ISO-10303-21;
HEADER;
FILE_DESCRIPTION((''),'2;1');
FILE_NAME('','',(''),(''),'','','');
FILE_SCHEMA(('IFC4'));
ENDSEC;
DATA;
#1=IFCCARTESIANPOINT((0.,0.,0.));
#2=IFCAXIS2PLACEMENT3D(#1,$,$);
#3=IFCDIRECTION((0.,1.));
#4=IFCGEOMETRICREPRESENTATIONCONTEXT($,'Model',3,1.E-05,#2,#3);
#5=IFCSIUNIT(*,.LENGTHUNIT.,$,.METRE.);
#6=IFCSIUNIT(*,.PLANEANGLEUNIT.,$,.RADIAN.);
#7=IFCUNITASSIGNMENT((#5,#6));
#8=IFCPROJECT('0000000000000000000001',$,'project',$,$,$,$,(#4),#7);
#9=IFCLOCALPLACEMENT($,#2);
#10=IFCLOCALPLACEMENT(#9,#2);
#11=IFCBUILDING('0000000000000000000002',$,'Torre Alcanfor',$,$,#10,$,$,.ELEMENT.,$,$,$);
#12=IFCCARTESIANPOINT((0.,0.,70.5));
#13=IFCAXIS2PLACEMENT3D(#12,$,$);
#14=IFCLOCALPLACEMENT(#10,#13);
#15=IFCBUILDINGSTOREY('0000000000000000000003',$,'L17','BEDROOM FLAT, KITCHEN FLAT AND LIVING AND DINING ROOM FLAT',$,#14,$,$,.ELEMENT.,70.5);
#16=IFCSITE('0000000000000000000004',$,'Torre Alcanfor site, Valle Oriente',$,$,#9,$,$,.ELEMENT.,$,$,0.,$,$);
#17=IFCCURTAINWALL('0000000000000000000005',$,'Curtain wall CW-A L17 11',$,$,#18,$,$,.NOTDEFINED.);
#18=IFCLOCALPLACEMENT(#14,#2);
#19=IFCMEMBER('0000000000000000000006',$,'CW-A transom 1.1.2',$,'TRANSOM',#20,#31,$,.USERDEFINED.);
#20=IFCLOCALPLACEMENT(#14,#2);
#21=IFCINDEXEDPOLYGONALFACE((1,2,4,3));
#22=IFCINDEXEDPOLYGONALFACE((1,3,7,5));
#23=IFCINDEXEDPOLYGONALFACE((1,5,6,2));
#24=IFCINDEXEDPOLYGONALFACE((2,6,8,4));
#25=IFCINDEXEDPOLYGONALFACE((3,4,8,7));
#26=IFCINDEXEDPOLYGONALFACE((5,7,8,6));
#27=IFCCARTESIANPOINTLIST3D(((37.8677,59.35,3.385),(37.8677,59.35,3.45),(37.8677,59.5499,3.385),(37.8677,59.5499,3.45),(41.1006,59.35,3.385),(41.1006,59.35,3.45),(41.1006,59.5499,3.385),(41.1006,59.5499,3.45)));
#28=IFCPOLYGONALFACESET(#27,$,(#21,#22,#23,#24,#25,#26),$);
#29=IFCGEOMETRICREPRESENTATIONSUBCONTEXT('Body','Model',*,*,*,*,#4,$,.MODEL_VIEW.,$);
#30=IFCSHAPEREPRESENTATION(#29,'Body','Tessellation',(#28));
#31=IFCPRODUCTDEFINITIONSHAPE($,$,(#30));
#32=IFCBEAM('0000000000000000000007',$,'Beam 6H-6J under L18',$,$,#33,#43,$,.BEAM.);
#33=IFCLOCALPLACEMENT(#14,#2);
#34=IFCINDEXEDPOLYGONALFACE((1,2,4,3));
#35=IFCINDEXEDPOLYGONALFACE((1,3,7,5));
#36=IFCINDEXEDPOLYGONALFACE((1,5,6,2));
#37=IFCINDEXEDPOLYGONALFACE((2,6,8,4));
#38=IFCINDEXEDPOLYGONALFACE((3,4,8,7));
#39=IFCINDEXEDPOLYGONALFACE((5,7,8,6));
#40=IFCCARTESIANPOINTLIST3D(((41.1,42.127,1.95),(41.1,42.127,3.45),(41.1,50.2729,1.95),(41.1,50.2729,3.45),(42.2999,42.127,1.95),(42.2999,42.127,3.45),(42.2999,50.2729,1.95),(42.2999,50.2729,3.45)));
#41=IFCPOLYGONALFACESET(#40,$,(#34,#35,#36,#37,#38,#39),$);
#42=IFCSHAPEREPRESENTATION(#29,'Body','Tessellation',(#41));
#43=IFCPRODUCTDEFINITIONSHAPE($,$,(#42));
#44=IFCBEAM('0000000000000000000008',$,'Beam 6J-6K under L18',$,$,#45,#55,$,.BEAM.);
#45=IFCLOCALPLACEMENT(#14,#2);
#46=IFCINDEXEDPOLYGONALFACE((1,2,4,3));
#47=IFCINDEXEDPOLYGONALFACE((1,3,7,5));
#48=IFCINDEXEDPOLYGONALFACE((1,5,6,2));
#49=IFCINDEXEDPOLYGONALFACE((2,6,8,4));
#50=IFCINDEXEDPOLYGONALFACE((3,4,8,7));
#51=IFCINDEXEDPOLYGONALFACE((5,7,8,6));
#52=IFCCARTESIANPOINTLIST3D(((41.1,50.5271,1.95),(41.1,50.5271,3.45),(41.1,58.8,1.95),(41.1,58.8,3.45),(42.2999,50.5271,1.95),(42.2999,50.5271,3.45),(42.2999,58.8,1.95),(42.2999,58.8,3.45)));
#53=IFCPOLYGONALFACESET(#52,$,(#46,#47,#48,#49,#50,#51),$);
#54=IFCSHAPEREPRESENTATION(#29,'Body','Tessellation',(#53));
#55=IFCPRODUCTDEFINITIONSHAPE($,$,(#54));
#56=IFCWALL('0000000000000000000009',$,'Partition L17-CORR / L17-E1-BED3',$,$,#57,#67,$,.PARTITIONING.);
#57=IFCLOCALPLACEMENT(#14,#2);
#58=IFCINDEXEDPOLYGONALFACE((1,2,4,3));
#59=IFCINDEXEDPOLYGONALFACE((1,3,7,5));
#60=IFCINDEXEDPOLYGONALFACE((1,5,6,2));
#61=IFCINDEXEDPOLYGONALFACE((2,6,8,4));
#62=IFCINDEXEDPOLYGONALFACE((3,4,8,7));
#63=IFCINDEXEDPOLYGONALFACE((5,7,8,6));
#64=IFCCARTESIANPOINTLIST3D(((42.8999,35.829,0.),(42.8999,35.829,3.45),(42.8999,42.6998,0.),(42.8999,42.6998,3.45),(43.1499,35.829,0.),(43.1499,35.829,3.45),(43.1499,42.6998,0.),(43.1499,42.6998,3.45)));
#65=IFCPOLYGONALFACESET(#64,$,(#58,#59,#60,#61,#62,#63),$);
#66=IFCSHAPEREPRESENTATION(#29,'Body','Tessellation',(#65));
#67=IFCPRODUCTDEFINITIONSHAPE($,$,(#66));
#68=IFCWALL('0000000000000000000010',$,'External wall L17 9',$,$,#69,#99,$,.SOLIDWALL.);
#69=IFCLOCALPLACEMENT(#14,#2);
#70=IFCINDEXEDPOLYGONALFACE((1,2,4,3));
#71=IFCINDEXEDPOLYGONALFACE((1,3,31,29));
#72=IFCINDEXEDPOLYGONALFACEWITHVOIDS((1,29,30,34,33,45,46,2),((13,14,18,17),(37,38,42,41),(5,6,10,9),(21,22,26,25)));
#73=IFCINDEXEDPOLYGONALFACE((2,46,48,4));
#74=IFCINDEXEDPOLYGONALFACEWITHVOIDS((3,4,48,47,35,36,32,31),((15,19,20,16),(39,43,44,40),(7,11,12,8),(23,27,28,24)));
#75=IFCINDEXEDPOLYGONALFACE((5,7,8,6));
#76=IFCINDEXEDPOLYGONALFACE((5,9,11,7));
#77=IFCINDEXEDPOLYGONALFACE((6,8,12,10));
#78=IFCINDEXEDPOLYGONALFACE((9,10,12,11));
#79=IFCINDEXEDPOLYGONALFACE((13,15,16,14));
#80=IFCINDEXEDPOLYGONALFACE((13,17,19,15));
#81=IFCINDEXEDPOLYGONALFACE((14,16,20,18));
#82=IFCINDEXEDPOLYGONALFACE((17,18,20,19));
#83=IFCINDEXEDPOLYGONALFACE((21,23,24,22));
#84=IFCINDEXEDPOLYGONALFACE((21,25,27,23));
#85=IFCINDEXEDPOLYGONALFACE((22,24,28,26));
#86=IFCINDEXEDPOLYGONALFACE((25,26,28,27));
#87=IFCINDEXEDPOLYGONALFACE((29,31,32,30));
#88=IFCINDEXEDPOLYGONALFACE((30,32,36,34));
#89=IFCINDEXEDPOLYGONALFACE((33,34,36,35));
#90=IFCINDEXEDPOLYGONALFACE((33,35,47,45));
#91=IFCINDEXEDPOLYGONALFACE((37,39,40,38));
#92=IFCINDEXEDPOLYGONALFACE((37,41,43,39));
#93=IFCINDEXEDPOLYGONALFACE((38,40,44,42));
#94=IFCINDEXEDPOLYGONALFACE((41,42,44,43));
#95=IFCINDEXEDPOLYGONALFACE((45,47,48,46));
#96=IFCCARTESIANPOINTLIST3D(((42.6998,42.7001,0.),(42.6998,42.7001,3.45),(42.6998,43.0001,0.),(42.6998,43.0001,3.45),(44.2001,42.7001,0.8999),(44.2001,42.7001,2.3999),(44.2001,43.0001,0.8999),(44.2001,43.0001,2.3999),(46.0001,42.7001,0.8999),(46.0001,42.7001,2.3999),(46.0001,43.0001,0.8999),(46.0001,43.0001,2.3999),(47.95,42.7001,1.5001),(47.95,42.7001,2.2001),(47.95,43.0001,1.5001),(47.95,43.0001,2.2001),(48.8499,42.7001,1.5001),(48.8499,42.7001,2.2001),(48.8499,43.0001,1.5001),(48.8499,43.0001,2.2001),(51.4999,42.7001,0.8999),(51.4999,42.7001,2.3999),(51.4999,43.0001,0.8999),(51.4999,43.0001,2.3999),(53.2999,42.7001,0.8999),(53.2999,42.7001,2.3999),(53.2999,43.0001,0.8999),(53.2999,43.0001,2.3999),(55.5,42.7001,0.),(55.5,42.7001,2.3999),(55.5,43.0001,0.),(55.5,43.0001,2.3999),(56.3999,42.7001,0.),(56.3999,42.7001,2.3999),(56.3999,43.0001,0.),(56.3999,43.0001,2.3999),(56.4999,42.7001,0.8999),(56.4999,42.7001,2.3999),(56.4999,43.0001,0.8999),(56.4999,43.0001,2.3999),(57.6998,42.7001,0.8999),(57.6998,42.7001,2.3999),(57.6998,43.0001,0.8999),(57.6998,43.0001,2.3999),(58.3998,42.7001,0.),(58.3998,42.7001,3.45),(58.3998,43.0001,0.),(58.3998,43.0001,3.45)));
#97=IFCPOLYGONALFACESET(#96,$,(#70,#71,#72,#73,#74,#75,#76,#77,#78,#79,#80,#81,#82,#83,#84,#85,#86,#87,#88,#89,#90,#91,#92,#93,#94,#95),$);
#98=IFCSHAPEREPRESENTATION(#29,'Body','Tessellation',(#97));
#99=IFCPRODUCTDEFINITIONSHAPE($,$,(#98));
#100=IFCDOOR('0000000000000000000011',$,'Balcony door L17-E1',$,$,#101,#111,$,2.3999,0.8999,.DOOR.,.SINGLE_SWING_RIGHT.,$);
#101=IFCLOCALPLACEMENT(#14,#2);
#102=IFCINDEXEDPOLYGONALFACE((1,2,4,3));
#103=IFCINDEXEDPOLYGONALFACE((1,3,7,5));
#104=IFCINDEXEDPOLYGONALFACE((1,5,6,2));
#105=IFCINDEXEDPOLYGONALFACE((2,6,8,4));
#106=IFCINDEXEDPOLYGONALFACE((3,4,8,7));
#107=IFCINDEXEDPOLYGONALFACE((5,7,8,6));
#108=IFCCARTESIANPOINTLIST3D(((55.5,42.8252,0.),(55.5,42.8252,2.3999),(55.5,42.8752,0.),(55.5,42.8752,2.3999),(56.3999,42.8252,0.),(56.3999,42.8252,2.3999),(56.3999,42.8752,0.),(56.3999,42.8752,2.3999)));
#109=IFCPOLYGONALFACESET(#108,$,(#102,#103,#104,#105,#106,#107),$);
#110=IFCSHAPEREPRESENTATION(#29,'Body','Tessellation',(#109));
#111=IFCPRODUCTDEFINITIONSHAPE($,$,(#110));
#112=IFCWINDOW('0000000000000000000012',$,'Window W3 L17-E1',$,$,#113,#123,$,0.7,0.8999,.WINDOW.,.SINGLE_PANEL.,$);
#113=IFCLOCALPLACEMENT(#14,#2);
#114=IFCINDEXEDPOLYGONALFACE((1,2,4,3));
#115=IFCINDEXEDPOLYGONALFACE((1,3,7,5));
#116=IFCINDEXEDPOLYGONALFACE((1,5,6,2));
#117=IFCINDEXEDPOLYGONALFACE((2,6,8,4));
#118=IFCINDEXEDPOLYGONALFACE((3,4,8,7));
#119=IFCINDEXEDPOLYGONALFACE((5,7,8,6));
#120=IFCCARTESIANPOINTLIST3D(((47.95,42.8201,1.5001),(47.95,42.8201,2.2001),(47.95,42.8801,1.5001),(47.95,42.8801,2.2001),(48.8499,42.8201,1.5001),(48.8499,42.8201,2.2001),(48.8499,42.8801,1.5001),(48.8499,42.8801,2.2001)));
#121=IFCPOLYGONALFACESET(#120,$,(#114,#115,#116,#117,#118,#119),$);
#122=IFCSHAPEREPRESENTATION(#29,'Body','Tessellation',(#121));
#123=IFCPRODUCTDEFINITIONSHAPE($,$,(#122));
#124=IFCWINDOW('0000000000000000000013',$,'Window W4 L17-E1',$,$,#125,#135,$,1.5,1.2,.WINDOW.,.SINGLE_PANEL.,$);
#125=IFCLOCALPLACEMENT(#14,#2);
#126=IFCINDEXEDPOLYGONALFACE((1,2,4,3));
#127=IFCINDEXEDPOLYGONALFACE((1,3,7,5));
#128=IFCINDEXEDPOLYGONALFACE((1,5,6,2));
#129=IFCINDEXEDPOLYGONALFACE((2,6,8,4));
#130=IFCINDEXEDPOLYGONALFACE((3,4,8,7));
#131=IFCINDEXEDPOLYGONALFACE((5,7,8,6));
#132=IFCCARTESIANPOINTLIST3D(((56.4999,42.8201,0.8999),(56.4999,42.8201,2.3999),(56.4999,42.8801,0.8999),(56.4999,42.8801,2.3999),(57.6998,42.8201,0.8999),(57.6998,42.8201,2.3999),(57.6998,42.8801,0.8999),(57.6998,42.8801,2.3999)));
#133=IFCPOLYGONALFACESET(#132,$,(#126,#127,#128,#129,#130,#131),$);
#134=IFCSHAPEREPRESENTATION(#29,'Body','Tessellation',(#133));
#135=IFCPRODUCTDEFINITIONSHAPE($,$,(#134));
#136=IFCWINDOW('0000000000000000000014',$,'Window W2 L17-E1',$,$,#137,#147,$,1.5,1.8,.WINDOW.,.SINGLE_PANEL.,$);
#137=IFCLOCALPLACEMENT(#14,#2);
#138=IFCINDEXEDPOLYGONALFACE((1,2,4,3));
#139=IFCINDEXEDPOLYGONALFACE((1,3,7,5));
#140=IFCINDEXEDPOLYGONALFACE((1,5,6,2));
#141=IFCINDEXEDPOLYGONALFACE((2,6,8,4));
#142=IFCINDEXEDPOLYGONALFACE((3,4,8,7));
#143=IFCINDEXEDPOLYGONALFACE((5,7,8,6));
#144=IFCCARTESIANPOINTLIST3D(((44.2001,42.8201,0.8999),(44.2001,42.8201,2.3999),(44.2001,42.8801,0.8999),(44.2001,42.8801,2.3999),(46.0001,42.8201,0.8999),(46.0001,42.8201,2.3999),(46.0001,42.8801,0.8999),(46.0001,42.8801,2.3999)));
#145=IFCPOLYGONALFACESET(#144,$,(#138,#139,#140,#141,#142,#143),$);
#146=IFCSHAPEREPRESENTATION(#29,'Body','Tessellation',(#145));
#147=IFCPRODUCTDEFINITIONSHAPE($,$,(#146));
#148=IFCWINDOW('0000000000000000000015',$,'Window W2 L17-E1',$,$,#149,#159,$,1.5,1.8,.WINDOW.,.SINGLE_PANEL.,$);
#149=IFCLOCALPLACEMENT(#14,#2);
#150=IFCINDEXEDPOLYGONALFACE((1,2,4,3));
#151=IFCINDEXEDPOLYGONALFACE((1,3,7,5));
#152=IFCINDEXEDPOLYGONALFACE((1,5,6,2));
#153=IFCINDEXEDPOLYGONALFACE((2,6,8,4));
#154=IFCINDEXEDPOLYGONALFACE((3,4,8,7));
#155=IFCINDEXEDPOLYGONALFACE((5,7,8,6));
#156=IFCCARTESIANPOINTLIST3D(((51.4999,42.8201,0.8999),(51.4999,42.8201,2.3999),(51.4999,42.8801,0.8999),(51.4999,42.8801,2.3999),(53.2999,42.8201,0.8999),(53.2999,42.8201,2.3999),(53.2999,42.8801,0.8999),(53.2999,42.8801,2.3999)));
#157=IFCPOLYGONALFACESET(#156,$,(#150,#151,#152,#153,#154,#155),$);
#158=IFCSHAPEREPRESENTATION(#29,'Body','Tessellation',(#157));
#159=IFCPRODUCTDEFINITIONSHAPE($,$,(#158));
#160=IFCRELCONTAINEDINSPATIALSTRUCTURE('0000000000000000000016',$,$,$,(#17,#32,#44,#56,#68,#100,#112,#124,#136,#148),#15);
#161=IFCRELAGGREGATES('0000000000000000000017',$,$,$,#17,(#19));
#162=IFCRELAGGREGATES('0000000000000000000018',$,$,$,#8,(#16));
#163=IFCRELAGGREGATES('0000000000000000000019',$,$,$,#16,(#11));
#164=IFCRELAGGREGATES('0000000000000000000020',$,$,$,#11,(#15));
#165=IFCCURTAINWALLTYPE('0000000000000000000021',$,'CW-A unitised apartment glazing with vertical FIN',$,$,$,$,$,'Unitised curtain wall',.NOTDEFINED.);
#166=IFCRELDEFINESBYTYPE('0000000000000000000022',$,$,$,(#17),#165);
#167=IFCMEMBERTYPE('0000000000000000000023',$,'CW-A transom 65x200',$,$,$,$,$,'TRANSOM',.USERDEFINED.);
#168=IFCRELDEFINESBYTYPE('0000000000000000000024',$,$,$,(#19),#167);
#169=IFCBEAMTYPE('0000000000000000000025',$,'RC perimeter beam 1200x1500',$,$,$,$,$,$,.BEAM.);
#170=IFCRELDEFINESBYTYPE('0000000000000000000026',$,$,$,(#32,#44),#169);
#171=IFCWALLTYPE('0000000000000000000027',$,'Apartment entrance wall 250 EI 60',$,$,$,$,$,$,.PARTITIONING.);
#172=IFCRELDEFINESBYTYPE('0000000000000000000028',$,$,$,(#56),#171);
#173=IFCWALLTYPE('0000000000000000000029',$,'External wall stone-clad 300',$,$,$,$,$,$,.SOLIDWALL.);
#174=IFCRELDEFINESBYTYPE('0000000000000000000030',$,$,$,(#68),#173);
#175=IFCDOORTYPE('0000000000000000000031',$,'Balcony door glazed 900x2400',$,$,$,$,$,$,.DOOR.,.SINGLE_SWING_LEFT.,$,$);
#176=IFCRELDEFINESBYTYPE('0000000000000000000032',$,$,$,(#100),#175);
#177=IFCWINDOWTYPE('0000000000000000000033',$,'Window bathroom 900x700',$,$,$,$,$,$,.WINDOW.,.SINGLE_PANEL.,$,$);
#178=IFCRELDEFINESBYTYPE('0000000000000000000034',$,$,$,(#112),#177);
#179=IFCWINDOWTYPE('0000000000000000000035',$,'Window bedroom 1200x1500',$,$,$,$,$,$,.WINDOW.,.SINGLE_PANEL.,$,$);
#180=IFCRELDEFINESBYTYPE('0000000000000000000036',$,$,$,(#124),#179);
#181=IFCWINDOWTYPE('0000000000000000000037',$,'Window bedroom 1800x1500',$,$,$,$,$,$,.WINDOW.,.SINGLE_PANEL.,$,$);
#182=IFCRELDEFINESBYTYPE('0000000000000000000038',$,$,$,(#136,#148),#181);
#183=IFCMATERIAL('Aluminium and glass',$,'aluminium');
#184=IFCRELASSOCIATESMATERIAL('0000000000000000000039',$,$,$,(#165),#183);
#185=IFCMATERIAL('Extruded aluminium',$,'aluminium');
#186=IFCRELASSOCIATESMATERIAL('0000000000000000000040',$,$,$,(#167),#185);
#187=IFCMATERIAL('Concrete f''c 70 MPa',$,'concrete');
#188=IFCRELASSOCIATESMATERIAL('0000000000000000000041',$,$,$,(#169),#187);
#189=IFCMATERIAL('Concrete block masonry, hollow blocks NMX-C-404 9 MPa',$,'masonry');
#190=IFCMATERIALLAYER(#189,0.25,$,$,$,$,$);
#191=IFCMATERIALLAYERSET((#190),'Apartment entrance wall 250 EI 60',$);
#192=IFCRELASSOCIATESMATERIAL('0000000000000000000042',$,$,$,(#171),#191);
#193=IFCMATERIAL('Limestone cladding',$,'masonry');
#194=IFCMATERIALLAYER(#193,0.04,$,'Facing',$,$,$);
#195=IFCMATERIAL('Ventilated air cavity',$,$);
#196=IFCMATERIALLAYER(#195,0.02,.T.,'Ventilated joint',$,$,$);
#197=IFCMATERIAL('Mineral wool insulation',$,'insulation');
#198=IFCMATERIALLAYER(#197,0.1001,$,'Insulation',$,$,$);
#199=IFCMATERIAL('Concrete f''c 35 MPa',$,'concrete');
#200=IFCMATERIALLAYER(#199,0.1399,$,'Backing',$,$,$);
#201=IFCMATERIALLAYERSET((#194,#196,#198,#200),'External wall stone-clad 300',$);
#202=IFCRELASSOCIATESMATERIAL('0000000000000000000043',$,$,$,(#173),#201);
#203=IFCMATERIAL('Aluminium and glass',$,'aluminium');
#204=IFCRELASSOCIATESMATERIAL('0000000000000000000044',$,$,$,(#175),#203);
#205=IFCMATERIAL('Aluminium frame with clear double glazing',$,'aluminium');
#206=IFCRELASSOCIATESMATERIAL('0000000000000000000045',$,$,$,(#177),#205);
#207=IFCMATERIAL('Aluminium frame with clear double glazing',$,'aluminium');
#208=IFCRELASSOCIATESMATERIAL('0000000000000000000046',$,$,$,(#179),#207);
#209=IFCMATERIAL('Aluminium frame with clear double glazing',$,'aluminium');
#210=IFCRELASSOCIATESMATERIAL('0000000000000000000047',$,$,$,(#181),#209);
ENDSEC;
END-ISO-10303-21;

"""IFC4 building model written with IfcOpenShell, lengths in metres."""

from ifc_helpers import new_model, si_unit, direction, frame, frame_2d, origin, origin_2d, place, context, subcontext, project, spatial, rectangle, extrude, material, layer, layer_set, material_profile, profile_set, type_object, element, fill, aggregate, save


model = new_model("IFC4")

# Units and contexts
model_context = context("Model", 3, precision=1e-05, world=origin(), true_north=direction((0.0, 1.0)))
body_context = subcontext(model_context, "Body", "Model", "MODEL_VIEW")
ifc_project = project(units=[si_unit("LENGTHUNIT", "METRE"), si_unit("PLANEANGLEUNIT", "RADIAN")], contexts=[model_context])

# Site, building, storey
site_placement = place(None, origin())
site = spatial("IfcSite", under=ifc_project, at=site_placement, Name="Torre Alcanfor site, Valle Oriente", CompositionType="ELEMENT", RefElevation=0.0)
building_placement = place(site_placement, origin())
building = spatial("IfcBuilding", under=site, at=building_placement, Name="Torre Alcanfor", CompositionType="ELEMENT")
storey_placement = place(building_placement, frame((0.0, 0.0, 70.5)))
storey = spatial("IfcBuildingStorey", under=building, at=storey_placement, Name="L17", Description="BEDROOM FLAT, KITCHEN FLAT AND LIVING AND DINING ROOM FLAT", CompositionType="ELEMENT", Elevation=70.5)

# Curtain wall, member
ifc_material_1 = material(Name="Aluminium and glass", Category="aluminium")
curtain_wall_type = type_object("IfcCurtainWallType", Name="CW-A unitised apartment glazing with vertical FIN", ElementType="Unitised curtain wall", PredefinedType="NOTDEFINED", material=ifc_material_1)
curtain_wall_placement = place(storey_placement, origin())
curtain_wall = element("IfcCurtainWall", 1, at=curtain_wall_placement, inside=storey, type_object=curtain_wall_type, Name="Curtain wall CW-A L17 11", PredefinedType="NOTDEFINED")
ifc_material_2 = material(Name="Extruded aluminium", Category="aluminium")
ifc_material_profile_1 = material_profile(ifc_material_2, rectangle(XDim=0.2, YDim=0.0649, at=origin_2d()), Name="CW-A transom 200x65")
ifc_profile_set_1 = profile_set([ifc_material_profile_1], Name="Extruded aluminium")
member_type_1 = type_object("IfcMemberType", Name="CW-A transom 65x200", ElementType="TRANSOM", PredefinedType="USERDEFINED", material=ifc_profile_set_1)
member_1_placement = place(storey_placement, frame((41.1006, 59.45, 3.4175), z_axis=(-1.0, 0.0, 0.0), x_axis=(0.0, -1.0, 0.0)))
member_1 = element("IfcMember", 2, at=member_1_placement, type_object=member_type_1, Name="CW-A transom 1.1.2", ObjectType="TRANSOM", PredefinedType="USERDEFINED", context=body_context, shape_type="SweptSolid", body=[
    extrude(rectangle(XDim=0.2, YDim=0.0649, at=origin_2d()), origin(), (0.0, 0.0, 1.0), 3.2329),
])
aggregate(curtain_wall, [member_1])

# Beams
ifc_material_3 = material(Name="Concrete f'c 70 MPa", Category="concrete")
ifc_material_profile_2 = material_profile(ifc_material_3, rectangle(XDim=1.2, YDim=1.5, at=origin_2d()), Name="1200x1500")
ifc_profile_set_2 = profile_set([ifc_material_profile_2], Name="Concrete f'c 70 MPa")
beam_type_1 = type_object("IfcBeamType", Name="RC perimeter beam 1200x1500", PredefinedType="BEAM", material=ifc_profile_set_2)
beam_1_placement = place(storey_placement, frame((41.7, 42.127, 2.7), z_axis=(0.0, 1.0, 0.0), x_axis=(-1.0, 0.0, 0.0)))
element("IfcBeam", 3, at=beam_1_placement, inside=storey, type_object=beam_type_1, Name="Beam 6H-6J under L18", PredefinedType="BEAM", context=body_context, shape_type="SweptSolid", body=[
    extrude(rectangle(XDim=1.2, YDim=1.5, at=origin_2d()), origin(), (0.0, 0.0, 1.0), 8.146),
])
beam_2_placement = place(storey_placement, frame((41.7, 50.5271, 2.7), z_axis=(0.0, 1.0, 0.0), x_axis=(-1.0, 0.0, 0.0)))
element("IfcBeam", 4, at=beam_2_placement, inside=storey, type_object=beam_type_1, Name="Beam 6J-6K under L18", PredefinedType="BEAM", context=body_context, shape_type="SweptSolid", body=[
    extrude(rectangle(XDim=1.2, YDim=1.5, at=origin_2d()), origin(), (0.0, 0.0, 1.0), 8.2729),
])

# Wall
ifc_material_4 = material(Name="Concrete block masonry, hollow blocks NMX-C-404 9 MPa", Category="masonry")
ifc_layer_1 = layer(ifc_material_4, 0.25)
ifc_layer_set_1 = layer_set([ifc_layer_1], Name="Apartment entrance wall 250 EI 60")
wall_type_1 = type_object("IfcWallType", Name="Apartment entrance wall 250 EI 60", PredefinedType="PARTITIONING", material=ifc_layer_set_1)
wall_1_placement = place(storey_placement, frame((43.0249, 42.7, 0.0), z_axis=(0.0, 0.0, 1.0), x_axis=(0.0, -1.0, 0.0)))
element("IfcWall", 5, at=wall_1_placement, inside=storey, type_object=wall_type_1, Name="Partition L17-CORR / L17-E1-BED3", PredefinedType="PARTITIONING", context=body_context, shape_type="SweptSolid", body=[
    extrude(rectangle(XDim=6.8708, YDim=0.25, at=frame_2d((3.4355, 0.0))), origin(), (0.0, 0.0, 1.0), 3.45),
])

# Wall, openings, door, windows
ifc_material_5 = material(Name="Limestone cladding", Category="masonry")
ifc_layer_2 = layer(ifc_material_5, 0.04, Name="Facing")
ifc_material_6 = material(Name="Ventilated air cavity")
ifc_layer_3 = layer(ifc_material_6, 0.02, ventilated=True, Name="Ventilated joint")
ifc_material_7 = material(Name="Mineral wool insulation", Category="insulation")
ifc_layer_4 = layer(ifc_material_7, 0.1001, Name="Insulation")
ifc_material_8 = material(Name="Concrete f'c 35 MPa", Category="concrete")
ifc_layer_5 = layer(ifc_material_8, 0.1399, Name="Backing")
ifc_layer_set_2 = layer_set([ifc_layer_2, ifc_layer_3, ifc_layer_4, ifc_layer_5], Name="External wall stone-clad 300")
wall_type_2 = type_object("IfcWallType", Name="External wall stone-clad 300", PredefinedType="SOLIDWALL", material=ifc_layer_set_2)
wall_2_placement = place(storey_placement, frame((58.3999, 42.8501, 0.0), z_axis=(0.0, 0.0, 1.0), x_axis=(-1.0, 0.0, 0.0)))
wall_2 = element("IfcWall", 6, at=wall_2_placement, inside=storey, type_object=wall_type_2, Name="External wall L17 9", PredefinedType="SOLIDWALL", context=body_context, shape_type="SweptSolid", body=[
    extrude(rectangle(XDim=15.7, YDim=0.3, at=frame_2d((7.8501, 0.0))), origin(), (0.0, 0.0, 1.0), 3.45),
])
opening_1_placement = place(wall_2_placement, frame((12.3999, 0.0, 0.8999)))
opening_1 = element("IfcOpeningElement", 7, at=opening_1_placement, cuts=wall_2, PredefinedType="OPENING", context=body_context, shape_type="SweptSolid", body=[
    extrude(rectangle(XDim=1.8, YDim=1.5, at=frame_2d((0.8999, 0.75))), frame((0.0, 0.1599, 0.0), z_axis=(0.0, -1.0, 0.0), x_axis=(1.0, 0.0, 0.0)), (0.0, 0.0, 1.0), 0.3201),
])
opening_2_placement = place(wall_2_placement, frame((9.55, 0.0, 1.5)))
opening_2 = element("IfcOpeningElement", 8, at=opening_2_placement, cuts=wall_2, PredefinedType="OPENING", context=body_context, shape_type="SweptSolid", body=[
    extrude(rectangle(XDim=0.8999, YDim=0.7, at=frame_2d((0.45, 0.3501))), frame((0.0, 0.1599, 0.0), z_axis=(0.0, -1.0, 0.0), x_axis=(1.0, 0.0, 0.0)), (0.0, 0.0, 1.0), 0.3201),
])
opening_3_placement = place(wall_2_placement, frame((5.1001, 0.0, 0.8999)))
opening_3 = element("IfcOpeningElement", 9, at=opening_3_placement, cuts=wall_2, PredefinedType="OPENING", context=body_context, shape_type="SweptSolid", body=[
    extrude(rectangle(XDim=1.8, YDim=1.5, at=frame_2d((0.8999, 0.75))), frame((0.0, 0.1599, 0.0), z_axis=(0.0, -1.0, 0.0), x_axis=(1.0, 0.0, 0.0)), (0.0, 0.0, 1.0), 0.3201),
])
opening_4_placement = place(wall_2_placement, frame((2.0, 0.0, 0.0)))
opening_4 = element("IfcOpeningElement", 10, at=opening_4_placement, cuts=wall_2, PredefinedType="OPENING", context=body_context, shape_type="SweptSolid", body=[
    extrude(rectangle(XDim=0.8999, YDim=2.3999, at=frame_2d((0.45, 1.2))), frame((0.0, 0.1599, 0.0), z_axis=(0.0, -1.0, 0.0), x_axis=(1.0, 0.0, 0.0)), (0.0, 0.0, 1.0), 0.3201),
])
opening_5_placement = place(wall_2_placement, frame((0.7, 0.0, 0.8999)))
opening_5 = element("IfcOpeningElement", 11, at=opening_5_placement, cuts=wall_2, PredefinedType="OPENING", context=body_context, shape_type="SweptSolid", body=[
    extrude(rectangle(XDim=1.2, YDim=1.5, at=frame_2d((0.6001, 0.75))), frame((0.0, 0.1599, 0.0), z_axis=(0.0, -1.0, 0.0), x_axis=(1.0, 0.0, 0.0)), (0.0, 0.0, 1.0), 0.3201),
])
ifc_material_9 = material(Name="Aluminium and glass", Category="aluminium")
door_type = type_object("IfcDoorType", Name="Balcony door glazed 900x2400", OperationType="SINGLE_SWING_LEFT", PredefinedType="DOOR", material=ifc_material_9)
door_1_placement = place(opening_4_placement, origin())
door_1 = element("IfcDoor", 12, at=door_1_placement, inside=storey, type_object=door_type, Name="Balcony door L17-E1", OperationType="SINGLE_SWING_RIGHT", OverallHeight=2.3999, OverallWidth=0.8999, PredefinedType="DOOR", context=body_context, shape_type="SweptSolid", body=[
    extrude(rectangle(XDim=0.8999, YDim=2.3999, at=frame_2d((0.45, 1.2))), frame((0.0, 0.0249, 0.0), z_axis=(0.0, -1.0, 0.0), x_axis=(1.0, 0.0, 0.0)), (0.0, 0.0, 1.0), 0.05),
])
fill(opening_4, door_1)
ifc_material_10 = material(Name="Aluminium frame with clear double glazing", Category="aluminium")
window_type_1 = type_object("IfcWindowType", Name="Window bathroom 900x700", PartitioningType="SINGLE_PANEL", PredefinedType="WINDOW", material=ifc_material_10)
window_1_placement = place(opening_2_placement, origin())
window_1 = element("IfcWindow", 13, at=window_1_placement, inside=storey, type_object=window_type_1, Name="Window W3 L17-E1", OverallHeight=0.7, OverallWidth=0.8999, PartitioningType="SINGLE_PANEL", PredefinedType="WINDOW", context=body_context, shape_type="SweptSolid", body=[
    extrude(rectangle(XDim=0.8999, YDim=0.7, at=frame_2d((0.45, 0.3501))), frame((0.0, 0.03, 0.0), z_axis=(0.0, -1.0, 0.0), x_axis=(1.0, 0.0, 0.0)), (0.0, 0.0, 1.0), 0.0601),
])
fill(opening_2, window_1)
ifc_material_11 = material(Name="Aluminium frame with clear double glazing", Category="aluminium")
window_type_2 = type_object("IfcWindowType", Name="Window bedroom 1200x1500", PartitioningType="SINGLE_PANEL", PredefinedType="WINDOW", material=ifc_material_11)
window_2_placement = place(opening_5_placement, origin())
window_2 = element("IfcWindow", 14, at=window_2_placement, inside=storey, type_object=window_type_2, Name="Window W4 L17-E1", OverallHeight=1.5, OverallWidth=1.2, PartitioningType="SINGLE_PANEL", PredefinedType="WINDOW", context=body_context, shape_type="SweptSolid", body=[
    extrude(rectangle(XDim=1.2, YDim=1.5, at=frame_2d((0.6001, 0.75))), frame((0.0, 0.03, 0.0), z_axis=(0.0, -1.0, 0.0), x_axis=(1.0, 0.0, 0.0)), (0.0, 0.0, 1.0), 0.0601),
])
fill(opening_5, window_2)
ifc_material_12 = material(Name="Aluminium frame with clear double glazing", Category="aluminium")
window_type_3 = type_object("IfcWindowType", Name="Window bedroom 1800x1500", PartitioningType="SINGLE_PANEL", PredefinedType="WINDOW", material=ifc_material_12)
window_3_placement = place(opening_1_placement, origin())
window_3 = element("IfcWindow", 15, at=window_3_placement, inside=storey, type_object=window_type_3, Name="Window W2 L17-E1", OverallHeight=1.5, OverallWidth=1.8, PartitioningType="SINGLE_PANEL", PredefinedType="WINDOW", context=body_context, shape_type="SweptSolid", body=[
    extrude(rectangle(XDim=1.8, YDim=1.5, at=frame_2d((0.8999, 0.75))), frame((0.0, 0.03, 0.0), z_axis=(0.0, -1.0, 0.0), x_axis=(1.0, 0.0, 0.0)), (0.0, 0.0, 1.0), 0.0601),
])
fill(opening_1, window_3)
window_4_placement = place(opening_3_placement, origin())
window_4 = element("IfcWindow", 16, at=window_4_placement, inside=storey, type_object=window_type_3, Name="Window W2 L17-E1", OverallHeight=1.5, OverallWidth=1.8, PartitioningType="SINGLE_PANEL", PredefinedType="WINDOW", context=body_context, shape_type="SweptSolid", body=[
    extrude(rectangle(XDim=1.8, YDim=1.5, at=frame_2d((0.8999, 0.75))), frame((0.0, 0.03, 0.0), z_axis=(0.0, -1.0, 0.0), x_axis=(1.0, 0.0, 0.0)), (0.0, 0.0, 1.0), 0.0601),
])
fill(opening_3, window_4)

save(model, "model.ifc")
